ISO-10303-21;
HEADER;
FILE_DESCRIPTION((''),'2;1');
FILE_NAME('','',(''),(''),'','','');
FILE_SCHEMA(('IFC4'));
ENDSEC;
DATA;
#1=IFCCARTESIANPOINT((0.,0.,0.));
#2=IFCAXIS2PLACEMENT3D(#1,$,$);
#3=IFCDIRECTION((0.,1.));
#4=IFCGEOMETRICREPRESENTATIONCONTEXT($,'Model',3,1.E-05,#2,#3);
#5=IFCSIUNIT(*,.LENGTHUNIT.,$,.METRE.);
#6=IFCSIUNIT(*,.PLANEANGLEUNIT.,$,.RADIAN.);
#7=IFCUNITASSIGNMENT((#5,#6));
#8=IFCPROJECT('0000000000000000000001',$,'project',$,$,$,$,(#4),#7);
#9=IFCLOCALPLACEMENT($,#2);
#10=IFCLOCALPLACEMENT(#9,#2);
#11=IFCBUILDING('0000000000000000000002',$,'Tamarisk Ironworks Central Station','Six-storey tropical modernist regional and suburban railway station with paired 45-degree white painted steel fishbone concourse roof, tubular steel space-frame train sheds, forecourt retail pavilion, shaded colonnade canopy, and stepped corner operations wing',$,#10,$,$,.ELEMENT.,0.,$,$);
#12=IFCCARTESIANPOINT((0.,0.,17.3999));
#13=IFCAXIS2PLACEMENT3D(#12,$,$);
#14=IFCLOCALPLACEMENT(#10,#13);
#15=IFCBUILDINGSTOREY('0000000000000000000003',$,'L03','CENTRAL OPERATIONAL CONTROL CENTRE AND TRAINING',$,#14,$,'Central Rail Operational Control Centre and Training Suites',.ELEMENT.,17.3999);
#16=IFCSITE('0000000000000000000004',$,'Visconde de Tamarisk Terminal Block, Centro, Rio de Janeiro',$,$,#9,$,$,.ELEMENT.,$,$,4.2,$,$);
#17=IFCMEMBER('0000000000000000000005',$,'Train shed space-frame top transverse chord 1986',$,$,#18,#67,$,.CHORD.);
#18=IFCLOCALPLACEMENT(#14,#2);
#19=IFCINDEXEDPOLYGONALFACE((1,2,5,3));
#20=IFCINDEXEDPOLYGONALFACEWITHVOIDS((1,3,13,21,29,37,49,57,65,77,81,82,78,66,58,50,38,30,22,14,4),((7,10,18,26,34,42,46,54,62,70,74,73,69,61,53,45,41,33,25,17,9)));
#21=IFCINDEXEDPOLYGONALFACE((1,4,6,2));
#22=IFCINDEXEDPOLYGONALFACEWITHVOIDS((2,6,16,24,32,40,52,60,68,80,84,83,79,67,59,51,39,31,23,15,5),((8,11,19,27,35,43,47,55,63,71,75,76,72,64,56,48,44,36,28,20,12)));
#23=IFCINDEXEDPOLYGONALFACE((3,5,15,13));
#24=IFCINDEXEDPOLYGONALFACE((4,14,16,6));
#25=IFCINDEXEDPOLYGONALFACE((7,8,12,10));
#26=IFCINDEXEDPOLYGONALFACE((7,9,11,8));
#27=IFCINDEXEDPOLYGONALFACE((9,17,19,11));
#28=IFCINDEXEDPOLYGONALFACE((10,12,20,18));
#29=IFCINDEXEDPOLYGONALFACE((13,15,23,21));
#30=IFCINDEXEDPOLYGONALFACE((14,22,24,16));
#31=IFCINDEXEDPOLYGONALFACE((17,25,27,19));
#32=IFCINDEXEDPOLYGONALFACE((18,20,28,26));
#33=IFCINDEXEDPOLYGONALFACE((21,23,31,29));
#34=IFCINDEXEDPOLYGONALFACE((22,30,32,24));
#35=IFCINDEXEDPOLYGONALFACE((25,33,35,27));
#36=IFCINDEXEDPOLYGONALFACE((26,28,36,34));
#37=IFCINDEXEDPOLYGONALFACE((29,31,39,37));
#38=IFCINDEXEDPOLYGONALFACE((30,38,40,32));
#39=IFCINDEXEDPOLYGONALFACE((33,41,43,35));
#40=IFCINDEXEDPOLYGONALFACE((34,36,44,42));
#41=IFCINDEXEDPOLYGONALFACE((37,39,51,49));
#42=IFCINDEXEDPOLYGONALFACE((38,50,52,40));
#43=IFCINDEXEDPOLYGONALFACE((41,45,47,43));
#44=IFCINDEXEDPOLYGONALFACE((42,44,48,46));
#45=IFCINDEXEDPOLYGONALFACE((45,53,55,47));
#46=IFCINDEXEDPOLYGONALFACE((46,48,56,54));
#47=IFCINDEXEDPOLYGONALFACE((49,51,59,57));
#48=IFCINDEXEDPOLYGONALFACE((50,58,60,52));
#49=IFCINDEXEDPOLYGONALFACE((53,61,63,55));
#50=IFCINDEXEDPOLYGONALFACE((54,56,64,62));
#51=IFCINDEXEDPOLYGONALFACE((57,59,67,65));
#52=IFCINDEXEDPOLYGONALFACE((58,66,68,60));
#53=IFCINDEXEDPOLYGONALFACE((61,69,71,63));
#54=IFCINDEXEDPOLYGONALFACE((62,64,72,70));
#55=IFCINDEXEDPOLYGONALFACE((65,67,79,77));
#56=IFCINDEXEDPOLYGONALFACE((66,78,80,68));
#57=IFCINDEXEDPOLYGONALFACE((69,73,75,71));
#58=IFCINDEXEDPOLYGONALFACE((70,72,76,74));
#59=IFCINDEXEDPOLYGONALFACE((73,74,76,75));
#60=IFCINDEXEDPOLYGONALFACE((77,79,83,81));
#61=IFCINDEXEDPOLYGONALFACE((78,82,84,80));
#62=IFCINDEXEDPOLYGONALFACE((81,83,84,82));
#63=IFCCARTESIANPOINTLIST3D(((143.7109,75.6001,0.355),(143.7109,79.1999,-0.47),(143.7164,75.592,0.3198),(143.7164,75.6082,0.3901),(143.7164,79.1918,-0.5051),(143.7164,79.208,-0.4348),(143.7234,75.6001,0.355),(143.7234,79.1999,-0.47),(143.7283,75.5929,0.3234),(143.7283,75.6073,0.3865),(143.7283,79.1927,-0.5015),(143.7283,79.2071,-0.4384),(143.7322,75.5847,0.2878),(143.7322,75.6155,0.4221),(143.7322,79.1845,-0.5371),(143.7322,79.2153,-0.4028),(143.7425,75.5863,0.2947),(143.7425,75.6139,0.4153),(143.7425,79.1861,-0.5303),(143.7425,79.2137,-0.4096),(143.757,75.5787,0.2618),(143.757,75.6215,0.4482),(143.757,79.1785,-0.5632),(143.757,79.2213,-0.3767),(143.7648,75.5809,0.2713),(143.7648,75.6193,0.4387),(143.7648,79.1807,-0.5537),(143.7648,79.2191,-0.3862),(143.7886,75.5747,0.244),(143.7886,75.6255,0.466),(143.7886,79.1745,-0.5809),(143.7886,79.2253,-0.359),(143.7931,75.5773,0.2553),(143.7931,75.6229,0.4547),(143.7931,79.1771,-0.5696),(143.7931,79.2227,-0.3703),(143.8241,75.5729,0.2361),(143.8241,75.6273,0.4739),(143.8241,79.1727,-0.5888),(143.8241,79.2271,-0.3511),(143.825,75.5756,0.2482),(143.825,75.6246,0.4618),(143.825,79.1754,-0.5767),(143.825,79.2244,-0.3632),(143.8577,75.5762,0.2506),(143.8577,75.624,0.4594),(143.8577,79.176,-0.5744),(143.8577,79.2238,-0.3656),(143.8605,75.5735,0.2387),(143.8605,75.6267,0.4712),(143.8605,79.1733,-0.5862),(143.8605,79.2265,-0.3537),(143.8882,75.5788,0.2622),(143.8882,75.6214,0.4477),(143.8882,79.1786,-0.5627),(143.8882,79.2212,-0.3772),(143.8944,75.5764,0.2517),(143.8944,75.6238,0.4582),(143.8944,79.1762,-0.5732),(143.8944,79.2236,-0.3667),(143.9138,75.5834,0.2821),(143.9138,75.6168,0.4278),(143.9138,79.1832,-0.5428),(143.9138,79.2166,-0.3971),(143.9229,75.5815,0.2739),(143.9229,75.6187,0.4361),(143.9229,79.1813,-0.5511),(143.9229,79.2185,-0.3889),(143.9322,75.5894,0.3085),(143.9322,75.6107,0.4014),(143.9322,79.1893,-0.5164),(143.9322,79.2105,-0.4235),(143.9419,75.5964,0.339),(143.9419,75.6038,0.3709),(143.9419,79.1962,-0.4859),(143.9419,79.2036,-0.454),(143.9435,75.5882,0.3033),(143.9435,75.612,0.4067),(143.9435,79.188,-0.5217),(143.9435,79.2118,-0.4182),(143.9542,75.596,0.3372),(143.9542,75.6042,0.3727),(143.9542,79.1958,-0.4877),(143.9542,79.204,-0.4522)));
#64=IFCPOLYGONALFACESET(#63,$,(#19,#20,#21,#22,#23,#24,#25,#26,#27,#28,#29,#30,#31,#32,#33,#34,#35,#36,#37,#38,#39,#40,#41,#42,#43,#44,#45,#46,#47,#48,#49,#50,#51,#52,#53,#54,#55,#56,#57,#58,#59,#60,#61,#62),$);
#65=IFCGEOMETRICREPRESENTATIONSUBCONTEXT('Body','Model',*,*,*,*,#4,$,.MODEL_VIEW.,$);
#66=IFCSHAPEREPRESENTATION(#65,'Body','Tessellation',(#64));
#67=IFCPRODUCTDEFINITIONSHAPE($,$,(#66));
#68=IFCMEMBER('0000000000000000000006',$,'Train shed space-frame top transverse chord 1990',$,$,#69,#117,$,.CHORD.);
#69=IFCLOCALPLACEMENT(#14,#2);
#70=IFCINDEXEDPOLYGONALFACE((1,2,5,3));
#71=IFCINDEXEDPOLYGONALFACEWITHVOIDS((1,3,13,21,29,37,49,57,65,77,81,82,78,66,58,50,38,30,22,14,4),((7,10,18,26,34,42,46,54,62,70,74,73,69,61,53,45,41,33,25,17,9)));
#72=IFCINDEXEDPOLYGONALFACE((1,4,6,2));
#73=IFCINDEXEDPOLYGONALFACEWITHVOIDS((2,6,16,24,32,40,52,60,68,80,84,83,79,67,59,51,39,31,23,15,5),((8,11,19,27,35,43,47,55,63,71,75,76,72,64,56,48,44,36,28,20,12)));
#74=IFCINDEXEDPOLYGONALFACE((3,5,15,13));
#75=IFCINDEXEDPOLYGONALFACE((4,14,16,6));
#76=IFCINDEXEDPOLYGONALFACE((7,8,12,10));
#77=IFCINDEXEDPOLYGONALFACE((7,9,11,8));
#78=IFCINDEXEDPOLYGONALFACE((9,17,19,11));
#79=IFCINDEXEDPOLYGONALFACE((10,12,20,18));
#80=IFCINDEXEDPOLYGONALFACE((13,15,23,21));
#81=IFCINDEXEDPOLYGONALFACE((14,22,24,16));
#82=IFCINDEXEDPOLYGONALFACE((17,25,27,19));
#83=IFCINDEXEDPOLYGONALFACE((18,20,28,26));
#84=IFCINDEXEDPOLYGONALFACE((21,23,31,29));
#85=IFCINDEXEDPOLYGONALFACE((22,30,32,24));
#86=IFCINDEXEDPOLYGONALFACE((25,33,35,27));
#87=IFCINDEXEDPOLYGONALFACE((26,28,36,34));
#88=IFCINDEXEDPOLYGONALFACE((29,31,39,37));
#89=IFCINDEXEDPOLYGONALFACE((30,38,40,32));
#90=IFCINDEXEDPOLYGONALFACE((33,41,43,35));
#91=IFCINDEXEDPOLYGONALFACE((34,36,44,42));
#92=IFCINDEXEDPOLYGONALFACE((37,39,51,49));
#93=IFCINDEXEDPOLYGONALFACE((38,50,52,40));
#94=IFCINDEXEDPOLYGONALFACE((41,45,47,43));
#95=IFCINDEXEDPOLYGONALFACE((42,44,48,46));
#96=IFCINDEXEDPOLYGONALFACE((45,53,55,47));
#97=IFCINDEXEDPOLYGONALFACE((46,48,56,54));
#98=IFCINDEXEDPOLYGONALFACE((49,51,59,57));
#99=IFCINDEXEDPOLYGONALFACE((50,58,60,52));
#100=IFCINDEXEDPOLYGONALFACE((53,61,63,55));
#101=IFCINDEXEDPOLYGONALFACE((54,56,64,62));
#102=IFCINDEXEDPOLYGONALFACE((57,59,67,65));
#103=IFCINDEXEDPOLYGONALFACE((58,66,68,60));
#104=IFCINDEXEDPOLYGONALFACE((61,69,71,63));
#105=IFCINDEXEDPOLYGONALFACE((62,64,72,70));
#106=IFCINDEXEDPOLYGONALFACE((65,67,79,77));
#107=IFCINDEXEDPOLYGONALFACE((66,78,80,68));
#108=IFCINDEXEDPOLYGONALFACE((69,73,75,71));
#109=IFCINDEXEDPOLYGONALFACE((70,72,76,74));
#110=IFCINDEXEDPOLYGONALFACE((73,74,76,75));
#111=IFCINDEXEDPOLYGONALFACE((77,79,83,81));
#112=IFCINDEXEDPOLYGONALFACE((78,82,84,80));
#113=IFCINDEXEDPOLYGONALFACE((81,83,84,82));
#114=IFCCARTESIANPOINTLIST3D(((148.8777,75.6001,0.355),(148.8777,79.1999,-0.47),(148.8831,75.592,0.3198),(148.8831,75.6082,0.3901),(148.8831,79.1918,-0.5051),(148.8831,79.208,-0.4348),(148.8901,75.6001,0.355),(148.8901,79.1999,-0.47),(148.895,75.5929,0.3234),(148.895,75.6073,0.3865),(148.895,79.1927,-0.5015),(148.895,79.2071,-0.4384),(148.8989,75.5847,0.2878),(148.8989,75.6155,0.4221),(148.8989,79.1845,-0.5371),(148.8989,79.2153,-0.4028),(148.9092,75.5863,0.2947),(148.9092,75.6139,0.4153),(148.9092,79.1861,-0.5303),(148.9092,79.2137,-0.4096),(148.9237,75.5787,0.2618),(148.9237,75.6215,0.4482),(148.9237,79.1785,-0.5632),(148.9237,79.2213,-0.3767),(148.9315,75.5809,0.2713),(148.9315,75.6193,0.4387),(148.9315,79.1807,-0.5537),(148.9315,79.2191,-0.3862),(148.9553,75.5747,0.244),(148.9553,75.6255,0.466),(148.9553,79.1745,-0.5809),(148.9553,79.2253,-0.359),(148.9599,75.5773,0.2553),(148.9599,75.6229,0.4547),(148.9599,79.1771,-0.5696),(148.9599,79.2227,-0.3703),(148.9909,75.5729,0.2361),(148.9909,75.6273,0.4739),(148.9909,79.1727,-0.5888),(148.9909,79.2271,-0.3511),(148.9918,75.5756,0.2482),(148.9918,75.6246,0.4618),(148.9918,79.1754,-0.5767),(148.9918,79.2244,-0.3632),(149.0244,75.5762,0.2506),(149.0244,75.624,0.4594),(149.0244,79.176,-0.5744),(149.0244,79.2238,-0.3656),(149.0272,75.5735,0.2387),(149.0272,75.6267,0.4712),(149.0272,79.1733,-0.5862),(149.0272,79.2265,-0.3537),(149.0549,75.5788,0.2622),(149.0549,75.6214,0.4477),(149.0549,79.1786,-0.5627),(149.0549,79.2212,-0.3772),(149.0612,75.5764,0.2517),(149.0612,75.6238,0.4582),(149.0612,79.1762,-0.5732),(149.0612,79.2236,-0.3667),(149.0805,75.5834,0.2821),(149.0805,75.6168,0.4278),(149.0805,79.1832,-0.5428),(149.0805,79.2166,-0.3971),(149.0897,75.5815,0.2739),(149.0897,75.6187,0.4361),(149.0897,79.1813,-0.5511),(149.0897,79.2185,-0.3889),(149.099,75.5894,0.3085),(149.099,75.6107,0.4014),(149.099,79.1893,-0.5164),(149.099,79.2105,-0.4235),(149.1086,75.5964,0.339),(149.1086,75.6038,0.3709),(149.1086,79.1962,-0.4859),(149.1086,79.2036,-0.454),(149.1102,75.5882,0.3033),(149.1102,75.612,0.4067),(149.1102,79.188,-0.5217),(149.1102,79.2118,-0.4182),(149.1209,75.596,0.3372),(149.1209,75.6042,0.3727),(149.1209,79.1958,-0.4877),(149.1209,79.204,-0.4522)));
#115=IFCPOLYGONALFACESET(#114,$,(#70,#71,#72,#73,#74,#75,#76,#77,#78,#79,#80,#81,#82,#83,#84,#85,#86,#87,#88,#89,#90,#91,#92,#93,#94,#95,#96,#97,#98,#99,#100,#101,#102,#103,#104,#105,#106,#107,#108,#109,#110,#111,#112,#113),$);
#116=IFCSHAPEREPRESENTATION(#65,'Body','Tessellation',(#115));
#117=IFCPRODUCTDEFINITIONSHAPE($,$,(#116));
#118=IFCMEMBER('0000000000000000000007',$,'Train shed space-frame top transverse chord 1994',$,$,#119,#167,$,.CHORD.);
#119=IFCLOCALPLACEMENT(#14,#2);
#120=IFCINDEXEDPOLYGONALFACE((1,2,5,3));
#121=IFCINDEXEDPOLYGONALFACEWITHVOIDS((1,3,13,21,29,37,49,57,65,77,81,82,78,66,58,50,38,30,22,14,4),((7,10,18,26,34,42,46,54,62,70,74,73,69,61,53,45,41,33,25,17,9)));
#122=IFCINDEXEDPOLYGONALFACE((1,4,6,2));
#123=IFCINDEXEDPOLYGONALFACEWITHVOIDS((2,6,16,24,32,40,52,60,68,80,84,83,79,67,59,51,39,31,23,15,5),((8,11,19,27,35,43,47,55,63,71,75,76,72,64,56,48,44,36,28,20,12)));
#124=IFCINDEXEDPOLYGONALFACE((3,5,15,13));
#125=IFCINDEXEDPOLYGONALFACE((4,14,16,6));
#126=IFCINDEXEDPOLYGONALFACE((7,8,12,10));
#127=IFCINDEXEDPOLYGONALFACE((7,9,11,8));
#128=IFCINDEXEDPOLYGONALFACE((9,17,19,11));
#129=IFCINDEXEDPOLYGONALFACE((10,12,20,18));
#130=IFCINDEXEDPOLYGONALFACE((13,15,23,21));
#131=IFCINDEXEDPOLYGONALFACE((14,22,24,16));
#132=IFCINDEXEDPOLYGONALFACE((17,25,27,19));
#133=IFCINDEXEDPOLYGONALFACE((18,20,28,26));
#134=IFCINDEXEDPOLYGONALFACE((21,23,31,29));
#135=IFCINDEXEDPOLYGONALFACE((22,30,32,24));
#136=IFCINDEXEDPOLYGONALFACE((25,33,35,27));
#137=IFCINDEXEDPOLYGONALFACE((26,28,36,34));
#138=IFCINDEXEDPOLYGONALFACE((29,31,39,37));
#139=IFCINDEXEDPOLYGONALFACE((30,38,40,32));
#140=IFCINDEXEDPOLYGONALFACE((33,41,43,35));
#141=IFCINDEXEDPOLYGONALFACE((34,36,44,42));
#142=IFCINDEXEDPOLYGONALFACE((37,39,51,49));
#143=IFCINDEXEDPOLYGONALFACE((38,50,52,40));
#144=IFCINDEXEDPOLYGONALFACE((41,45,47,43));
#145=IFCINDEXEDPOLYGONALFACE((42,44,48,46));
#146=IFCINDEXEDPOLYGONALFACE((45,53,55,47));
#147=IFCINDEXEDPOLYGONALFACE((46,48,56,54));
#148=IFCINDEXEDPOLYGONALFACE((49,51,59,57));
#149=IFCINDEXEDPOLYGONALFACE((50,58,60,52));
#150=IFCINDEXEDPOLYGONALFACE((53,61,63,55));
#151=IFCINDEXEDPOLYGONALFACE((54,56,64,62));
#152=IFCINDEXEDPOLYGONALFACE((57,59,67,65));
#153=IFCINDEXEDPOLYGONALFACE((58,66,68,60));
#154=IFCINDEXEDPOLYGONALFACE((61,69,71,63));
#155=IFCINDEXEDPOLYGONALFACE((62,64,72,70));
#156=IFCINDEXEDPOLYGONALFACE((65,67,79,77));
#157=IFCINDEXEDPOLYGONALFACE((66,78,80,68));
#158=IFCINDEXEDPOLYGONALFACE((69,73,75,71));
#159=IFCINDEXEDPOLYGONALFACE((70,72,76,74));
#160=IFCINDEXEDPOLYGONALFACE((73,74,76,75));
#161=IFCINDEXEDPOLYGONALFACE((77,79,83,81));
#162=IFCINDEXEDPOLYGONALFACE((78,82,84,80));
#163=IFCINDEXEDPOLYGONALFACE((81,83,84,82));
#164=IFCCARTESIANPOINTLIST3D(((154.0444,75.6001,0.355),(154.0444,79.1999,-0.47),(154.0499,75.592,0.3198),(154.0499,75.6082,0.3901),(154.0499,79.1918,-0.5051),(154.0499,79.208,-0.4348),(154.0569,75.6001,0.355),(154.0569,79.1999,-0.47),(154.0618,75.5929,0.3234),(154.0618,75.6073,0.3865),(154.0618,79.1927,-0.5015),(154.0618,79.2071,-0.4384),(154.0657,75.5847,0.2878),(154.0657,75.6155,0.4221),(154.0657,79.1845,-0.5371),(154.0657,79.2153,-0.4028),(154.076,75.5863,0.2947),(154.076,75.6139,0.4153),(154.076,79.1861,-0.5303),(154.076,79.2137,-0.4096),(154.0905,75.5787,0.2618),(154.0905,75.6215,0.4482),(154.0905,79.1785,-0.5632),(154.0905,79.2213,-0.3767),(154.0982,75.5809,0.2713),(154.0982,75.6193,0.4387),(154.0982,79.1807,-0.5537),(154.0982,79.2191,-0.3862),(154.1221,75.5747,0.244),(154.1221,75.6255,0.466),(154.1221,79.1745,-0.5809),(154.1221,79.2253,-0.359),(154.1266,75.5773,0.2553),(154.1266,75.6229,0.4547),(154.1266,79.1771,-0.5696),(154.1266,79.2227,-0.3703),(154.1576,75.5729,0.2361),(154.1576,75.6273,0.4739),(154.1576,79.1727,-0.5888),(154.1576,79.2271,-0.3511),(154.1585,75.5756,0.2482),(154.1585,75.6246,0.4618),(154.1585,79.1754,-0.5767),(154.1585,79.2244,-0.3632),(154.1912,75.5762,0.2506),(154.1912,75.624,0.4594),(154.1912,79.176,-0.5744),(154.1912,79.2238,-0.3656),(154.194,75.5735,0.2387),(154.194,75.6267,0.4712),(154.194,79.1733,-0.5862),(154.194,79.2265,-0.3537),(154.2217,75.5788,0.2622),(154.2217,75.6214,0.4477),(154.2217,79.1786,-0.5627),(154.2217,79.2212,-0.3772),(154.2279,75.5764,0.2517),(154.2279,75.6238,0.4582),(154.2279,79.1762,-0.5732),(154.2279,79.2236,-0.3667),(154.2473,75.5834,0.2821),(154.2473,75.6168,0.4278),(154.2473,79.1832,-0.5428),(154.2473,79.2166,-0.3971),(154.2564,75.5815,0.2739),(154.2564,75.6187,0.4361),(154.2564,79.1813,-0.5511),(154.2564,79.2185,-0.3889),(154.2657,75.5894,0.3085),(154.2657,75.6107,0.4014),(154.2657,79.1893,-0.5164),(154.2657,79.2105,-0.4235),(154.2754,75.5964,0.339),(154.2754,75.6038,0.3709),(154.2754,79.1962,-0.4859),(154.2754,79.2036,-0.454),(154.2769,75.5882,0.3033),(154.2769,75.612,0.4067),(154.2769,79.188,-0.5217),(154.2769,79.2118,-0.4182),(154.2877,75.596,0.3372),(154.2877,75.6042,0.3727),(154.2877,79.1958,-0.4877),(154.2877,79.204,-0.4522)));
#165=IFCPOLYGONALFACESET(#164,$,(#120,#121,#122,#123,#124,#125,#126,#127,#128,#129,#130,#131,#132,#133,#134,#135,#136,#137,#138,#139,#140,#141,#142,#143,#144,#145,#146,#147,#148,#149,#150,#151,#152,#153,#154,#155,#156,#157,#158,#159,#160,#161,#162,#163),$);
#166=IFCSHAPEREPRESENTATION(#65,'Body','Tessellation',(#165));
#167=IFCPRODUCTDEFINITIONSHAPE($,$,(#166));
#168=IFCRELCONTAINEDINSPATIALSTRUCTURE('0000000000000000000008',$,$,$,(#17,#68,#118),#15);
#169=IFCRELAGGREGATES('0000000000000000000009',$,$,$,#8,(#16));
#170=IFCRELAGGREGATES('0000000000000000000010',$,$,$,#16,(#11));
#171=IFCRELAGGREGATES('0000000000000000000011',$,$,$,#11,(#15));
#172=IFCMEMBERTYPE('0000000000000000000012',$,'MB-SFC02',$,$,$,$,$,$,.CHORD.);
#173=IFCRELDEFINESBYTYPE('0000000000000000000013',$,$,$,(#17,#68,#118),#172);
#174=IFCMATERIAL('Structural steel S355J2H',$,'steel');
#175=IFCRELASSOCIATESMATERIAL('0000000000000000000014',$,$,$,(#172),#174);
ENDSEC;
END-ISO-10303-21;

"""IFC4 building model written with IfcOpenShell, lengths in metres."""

from ifc_helpers import new_model, si_unit, direction, frame, origin, origin_2d, place, context, subcontext, project, spatial, hollow_circle, extrude, material, material_profile, profile_set, type_object, element, save


model = new_model("IFC4")

# Units and contexts
model_context = context("Model", 3, precision=1e-05, world=origin(), true_north=direction((0.0, 1.0)))
body_context = subcontext(model_context, "Body", "Model", "MODEL_VIEW")
ifc_project = project(units=[si_unit("LENGTHUNIT", "METRE"), si_unit("PLANEANGLEUNIT", "RADIAN")], contexts=[model_context])

# Site, building, storey
site_placement = place(None, origin())
site = spatial("IfcSite", under=ifc_project, at=site_placement, Name="Visconde de Tamarisk Terminal Block, Centro, Rio de Janeiro", CompositionType="ELEMENT", RefElevation=4.2)
building_placement = place(site_placement, origin())
building = spatial("IfcBuilding", under=site, at=building_placement, Name="Tamarisk Ironworks Central Station", Description="Six-storey tropical modernist regional and suburban railway station with paired 45-degree white painted steel fishbone concourse roof, tubular steel space-frame train sheds, forecourt retail pavilion, shaded colonnade canopy, and stepped corner operations wing", CompositionType="ELEMENT", ElevationOfRefHeight=0.0)
storey_placement = place(building_placement, frame((0.0, 0.0, 17.3999)))
storey = spatial("IfcBuildingStorey", under=building, at=storey_placement, Name="L03", Description="CENTRAL OPERATIONAL CONTROL CENTRE AND TRAINING", LongName="Central Rail Operational Control Centre and Training Suites", CompositionType="ELEMENT", Elevation=17.3999)

# Members
ifc_material = material(Name="Structural steel S355J2H", Category="steel")
ifc_material_profile_1 = material_profile(ifc_material, hollow_circle(Radius=0.1223, WallThickness=0.0125, at=origin_2d()), Name="CHS 244.5x12.5")
ifc_profile_set_1 = profile_set([ifc_material_profile_1], Name="Structural steel S355J2H")
member_type_1 = type_object("IfcMemberType", Name="MB-SFC02", PredefinedType="CHORD", material=ifc_profile_set_1)
for number, where, z_axis, x_axis, name in (
    (1, (143.8333, 75.6001, 0.355), (0.0, 0.974733, -0.223372), (-1.0, 0.0, 0.0), "Train shed space-frame top transverse chord 1986"),
    (2, (149.0, 75.6001, 0.355), (0.0, 0.974733, -0.223372), (-1.0, 0.0, 0.0), "Train shed space-frame top transverse chord 1990"),
    (3, (154.1667, 75.6001, 0.355), (0.0, 0.974733, -0.223372), (-1.0, 0.0, 0.0), "Train shed space-frame top transverse chord 1994"),
):
    element("IfcMember", number, at=place(storey_placement, frame(where, z_axis=z_axis, x_axis=x_axis)), inside=storey, type_object=member_type_1, Name=name, PredefinedType="CHORD", context=body_context, shape_type="SweptSolid", body=[
        extrude(hollow_circle(Radius=0.1223, WallThickness=0.0125, at=origin_2d()), origin(), (0.0, 0.0, 1.0), 3.6931),
    ])

save(model, "model.ifc")
